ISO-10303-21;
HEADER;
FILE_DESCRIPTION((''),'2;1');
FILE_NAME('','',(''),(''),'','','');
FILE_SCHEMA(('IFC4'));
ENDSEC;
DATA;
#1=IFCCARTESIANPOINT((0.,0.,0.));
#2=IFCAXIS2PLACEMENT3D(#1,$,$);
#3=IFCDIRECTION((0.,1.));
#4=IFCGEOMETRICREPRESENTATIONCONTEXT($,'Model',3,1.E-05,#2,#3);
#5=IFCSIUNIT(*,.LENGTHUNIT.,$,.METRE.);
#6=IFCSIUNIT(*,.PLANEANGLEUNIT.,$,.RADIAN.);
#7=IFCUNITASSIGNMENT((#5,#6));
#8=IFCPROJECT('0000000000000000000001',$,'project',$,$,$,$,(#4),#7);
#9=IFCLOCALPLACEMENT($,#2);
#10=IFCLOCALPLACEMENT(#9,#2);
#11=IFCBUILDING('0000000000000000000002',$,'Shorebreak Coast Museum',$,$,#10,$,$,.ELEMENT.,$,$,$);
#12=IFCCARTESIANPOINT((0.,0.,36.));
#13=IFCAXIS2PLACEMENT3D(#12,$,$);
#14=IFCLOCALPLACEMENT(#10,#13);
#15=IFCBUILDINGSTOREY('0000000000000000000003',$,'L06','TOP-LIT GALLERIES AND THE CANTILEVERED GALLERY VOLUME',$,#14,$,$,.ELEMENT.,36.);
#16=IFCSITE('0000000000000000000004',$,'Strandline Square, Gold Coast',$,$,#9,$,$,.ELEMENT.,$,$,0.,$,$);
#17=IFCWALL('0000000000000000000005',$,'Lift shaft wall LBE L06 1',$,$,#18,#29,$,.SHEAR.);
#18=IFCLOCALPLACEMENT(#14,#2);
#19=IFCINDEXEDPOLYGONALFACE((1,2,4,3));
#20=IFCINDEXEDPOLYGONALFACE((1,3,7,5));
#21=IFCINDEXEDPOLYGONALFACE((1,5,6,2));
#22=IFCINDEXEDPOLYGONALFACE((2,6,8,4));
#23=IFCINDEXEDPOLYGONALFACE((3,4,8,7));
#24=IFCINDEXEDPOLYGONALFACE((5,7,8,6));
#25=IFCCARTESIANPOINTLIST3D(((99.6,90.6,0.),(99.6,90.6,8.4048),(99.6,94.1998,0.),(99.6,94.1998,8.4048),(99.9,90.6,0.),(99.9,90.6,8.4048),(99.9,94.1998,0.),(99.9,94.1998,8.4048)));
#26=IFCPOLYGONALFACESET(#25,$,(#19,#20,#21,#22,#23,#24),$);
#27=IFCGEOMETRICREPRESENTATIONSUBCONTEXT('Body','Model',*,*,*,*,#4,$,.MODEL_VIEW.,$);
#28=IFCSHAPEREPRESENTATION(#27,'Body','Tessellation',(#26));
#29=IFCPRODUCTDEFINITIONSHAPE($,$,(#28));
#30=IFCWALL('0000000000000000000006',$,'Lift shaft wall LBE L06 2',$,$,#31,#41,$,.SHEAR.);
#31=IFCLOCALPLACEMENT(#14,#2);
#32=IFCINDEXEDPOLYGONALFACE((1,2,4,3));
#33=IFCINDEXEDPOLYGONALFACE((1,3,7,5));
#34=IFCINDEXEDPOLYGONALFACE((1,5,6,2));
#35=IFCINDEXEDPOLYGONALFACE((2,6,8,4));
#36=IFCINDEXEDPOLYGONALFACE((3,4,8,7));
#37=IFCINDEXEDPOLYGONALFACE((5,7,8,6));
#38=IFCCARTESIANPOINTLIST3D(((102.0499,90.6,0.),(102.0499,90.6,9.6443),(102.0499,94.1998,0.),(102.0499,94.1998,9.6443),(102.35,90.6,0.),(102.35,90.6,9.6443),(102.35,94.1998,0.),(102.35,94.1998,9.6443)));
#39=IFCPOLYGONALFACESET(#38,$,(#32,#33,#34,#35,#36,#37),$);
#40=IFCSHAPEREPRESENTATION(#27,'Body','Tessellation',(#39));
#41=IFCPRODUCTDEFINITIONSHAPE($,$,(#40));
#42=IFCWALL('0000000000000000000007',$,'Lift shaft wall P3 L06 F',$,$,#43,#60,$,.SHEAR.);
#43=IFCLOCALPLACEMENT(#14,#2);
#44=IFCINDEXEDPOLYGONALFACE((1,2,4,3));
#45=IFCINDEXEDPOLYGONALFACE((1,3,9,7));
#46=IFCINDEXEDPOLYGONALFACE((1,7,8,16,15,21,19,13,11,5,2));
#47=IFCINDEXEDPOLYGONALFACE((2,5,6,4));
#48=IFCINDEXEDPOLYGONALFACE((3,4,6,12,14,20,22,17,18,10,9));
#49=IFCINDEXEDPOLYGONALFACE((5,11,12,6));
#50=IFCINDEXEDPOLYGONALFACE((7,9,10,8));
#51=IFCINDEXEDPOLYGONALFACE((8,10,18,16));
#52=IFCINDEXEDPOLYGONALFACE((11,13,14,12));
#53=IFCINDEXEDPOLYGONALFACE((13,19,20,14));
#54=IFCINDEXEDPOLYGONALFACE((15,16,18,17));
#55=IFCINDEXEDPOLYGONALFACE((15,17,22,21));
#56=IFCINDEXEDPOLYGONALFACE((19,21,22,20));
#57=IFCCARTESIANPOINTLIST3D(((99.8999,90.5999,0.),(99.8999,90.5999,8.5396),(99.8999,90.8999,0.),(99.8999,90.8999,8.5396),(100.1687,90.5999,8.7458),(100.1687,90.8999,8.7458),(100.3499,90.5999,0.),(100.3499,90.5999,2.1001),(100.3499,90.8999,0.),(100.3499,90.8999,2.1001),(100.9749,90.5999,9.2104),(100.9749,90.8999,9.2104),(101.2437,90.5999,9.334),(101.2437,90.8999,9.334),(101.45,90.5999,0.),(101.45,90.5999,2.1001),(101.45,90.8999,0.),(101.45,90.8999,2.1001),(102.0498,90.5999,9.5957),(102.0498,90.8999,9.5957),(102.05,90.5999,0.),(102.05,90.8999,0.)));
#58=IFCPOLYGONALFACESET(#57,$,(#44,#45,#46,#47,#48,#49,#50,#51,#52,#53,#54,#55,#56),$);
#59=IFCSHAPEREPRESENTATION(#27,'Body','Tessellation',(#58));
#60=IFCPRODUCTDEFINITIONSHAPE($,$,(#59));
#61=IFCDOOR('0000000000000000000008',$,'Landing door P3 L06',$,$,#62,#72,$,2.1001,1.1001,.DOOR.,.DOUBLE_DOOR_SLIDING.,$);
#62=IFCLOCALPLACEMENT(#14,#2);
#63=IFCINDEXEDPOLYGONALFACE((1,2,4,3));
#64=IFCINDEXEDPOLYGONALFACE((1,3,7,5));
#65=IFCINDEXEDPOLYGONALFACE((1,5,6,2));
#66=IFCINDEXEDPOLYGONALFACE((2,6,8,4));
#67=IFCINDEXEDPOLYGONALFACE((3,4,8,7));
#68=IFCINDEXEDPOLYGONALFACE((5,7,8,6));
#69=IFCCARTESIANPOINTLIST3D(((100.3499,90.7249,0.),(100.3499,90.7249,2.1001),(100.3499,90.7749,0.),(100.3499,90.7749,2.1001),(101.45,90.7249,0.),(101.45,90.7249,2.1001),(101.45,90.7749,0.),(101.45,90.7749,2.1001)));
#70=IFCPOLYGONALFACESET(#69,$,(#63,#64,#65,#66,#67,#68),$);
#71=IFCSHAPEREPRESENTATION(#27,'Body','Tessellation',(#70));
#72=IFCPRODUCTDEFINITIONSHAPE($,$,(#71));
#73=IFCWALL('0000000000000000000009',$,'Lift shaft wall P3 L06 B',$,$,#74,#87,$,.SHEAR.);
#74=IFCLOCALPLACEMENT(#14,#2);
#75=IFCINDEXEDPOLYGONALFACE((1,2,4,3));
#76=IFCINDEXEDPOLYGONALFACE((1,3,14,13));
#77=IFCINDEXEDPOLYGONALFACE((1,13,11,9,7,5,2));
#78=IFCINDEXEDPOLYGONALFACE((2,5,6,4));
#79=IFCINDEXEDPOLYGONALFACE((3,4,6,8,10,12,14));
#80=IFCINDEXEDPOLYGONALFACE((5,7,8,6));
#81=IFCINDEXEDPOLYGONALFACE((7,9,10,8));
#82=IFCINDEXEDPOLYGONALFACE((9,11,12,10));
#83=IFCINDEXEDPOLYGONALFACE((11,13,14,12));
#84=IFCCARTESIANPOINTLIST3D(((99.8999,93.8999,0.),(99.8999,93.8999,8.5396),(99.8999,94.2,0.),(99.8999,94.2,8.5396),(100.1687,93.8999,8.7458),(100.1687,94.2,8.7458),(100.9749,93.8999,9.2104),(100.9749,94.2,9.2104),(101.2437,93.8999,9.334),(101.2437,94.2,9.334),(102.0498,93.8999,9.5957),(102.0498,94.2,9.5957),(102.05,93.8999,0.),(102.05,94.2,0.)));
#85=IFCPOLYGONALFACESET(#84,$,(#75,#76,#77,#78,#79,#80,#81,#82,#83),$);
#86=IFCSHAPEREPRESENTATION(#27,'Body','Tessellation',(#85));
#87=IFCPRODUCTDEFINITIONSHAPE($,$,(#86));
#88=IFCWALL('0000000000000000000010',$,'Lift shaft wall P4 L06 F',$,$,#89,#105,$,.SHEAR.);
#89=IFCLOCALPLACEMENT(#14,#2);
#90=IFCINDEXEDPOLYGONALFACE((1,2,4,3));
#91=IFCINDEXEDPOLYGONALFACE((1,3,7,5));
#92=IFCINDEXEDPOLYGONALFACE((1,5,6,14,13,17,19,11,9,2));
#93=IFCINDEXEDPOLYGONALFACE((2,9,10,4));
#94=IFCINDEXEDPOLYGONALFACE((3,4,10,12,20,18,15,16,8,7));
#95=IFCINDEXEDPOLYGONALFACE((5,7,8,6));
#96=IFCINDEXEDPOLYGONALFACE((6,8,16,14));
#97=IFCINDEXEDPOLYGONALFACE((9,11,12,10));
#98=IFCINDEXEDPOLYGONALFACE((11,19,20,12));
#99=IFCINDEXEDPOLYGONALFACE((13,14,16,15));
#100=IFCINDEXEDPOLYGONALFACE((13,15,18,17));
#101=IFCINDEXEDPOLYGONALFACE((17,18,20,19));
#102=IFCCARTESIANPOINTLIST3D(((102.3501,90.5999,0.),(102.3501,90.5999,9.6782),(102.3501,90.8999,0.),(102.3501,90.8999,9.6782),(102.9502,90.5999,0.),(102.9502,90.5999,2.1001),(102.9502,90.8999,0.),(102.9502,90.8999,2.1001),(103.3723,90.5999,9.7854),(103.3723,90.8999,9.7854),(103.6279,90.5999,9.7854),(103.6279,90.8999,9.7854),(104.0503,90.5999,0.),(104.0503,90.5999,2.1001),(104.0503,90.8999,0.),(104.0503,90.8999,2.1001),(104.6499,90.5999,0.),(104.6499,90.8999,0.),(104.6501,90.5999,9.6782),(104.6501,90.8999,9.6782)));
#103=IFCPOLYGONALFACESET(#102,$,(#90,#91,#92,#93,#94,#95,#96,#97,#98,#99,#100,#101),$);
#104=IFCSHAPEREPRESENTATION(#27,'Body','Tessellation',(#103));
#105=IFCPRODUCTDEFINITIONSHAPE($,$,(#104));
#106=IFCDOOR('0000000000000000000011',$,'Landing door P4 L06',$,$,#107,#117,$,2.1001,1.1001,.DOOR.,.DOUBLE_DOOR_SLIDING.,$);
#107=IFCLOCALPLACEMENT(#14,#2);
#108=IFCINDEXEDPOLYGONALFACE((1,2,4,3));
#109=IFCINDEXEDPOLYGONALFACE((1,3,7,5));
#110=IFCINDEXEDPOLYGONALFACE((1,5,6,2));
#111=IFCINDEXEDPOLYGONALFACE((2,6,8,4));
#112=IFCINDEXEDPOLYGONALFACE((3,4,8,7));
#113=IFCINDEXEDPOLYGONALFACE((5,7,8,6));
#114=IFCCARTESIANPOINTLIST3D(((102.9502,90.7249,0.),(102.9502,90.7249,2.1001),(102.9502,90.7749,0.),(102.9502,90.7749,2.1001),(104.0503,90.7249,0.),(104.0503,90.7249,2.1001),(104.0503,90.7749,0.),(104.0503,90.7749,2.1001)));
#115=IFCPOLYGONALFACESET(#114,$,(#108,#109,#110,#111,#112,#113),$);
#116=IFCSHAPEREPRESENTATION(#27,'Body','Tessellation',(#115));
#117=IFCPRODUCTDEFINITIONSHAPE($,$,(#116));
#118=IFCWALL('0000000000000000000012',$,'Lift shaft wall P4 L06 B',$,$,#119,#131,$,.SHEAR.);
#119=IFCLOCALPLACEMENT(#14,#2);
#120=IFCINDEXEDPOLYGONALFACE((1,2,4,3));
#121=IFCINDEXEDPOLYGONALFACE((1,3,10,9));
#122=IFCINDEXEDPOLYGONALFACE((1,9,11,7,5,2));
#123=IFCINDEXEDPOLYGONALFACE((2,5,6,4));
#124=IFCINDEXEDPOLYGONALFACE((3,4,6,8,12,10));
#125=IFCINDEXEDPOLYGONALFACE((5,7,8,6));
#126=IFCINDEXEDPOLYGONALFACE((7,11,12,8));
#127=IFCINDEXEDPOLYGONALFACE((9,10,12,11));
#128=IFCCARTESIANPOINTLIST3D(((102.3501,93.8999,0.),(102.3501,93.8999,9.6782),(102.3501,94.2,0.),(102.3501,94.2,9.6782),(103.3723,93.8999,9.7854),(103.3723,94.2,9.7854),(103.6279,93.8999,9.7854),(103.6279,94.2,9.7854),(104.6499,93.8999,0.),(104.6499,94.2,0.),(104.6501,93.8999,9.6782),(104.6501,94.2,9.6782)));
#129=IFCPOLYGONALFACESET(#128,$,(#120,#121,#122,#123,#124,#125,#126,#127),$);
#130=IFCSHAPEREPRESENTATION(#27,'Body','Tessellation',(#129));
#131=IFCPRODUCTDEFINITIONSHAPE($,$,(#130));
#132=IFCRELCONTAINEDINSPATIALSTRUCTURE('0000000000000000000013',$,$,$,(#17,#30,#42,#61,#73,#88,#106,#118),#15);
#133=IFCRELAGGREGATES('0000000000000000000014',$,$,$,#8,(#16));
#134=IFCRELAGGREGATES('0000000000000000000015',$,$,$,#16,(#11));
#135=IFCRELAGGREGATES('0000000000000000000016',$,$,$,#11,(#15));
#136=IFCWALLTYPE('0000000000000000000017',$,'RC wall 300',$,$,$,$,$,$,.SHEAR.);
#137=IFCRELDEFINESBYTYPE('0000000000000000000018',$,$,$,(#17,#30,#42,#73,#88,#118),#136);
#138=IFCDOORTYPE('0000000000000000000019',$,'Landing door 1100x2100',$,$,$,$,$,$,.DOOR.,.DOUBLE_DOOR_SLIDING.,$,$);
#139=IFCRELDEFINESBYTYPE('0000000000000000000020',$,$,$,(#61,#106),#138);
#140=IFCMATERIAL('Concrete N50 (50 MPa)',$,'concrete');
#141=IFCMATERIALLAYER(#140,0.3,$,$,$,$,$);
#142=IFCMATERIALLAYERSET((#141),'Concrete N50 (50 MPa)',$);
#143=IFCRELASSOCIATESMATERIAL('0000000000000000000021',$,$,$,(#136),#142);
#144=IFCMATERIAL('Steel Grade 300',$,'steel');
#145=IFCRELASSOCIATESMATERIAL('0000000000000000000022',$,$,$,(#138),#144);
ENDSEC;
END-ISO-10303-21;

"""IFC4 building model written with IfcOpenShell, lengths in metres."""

from ifc_helpers import new_model, si_unit, direction, frame, frame_2d, origin, place, context, subcontext, project, spatial, polyline, rectangle, outline, extrude, material, layer, layer_set, type_object, element, fill, save


model = new_model("IFC4")

# Units and contexts
model_context = context("Model", 3, precision=1e-05, world=origin(), true_north=direction((0.0, 1.0)))
body_context = subcontext(model_context, "Body", "Model", "MODEL_VIEW")
ifc_project = project(units=[si_unit("LENGTHUNIT", "METRE"), si_unit("PLANEANGLEUNIT", "RADIAN")], contexts=[model_context])

# Site, building, storey
site_placement = place(None, origin())
site = spatial("IfcSite", under=ifc_project, at=site_placement, Name="Strandline Square, Gold Coast", CompositionType="ELEMENT", RefElevation=0.0)
building_placement = place(site_placement, origin())
building = spatial("IfcBuilding", under=site, at=building_placement, Name="Shorebreak Coast Museum", CompositionType="ELEMENT")
storey_placement = place(building_placement, frame((0.0, 0.0, 36.0)))
storey = spatial("IfcBuildingStorey", under=building, at=storey_placement, Name="L06", Description="TOP-LIT GALLERIES AND THE CANTILEVERED GALLERY VOLUME", CompositionType="ELEMENT", Elevation=36.0)

# Walls
ifc_material_1 = material(Name="Concrete N50 (50 MPa)", Category="concrete")
ifc_layer_1 = layer(ifc_material_1, 0.3)
ifc_layer_set_1 = layer_set([ifc_layer_1], Name="Concrete N50 (50 MPa)")
wall_type_1 = type_object("IfcWallType", Name="RC wall 300", PredefinedType="SHEAR", material=ifc_layer_set_1)
wall_1_placement = place(storey_placement, frame((99.75, 90.6001, 0.0), z_axis=(0.0, 0.0, 1.0), x_axis=(0.0, 1.0, 0.0)))
element("IfcWall", 1, at=wall_1_placement, inside=storey, type_object=wall_type_1, Name="Lift shaft wall LBE L06 1", PredefinedType="SHEAR", context=body_context, shape_type="SweptSolid", body=[
    extrude(rectangle(XDim=3.5999, YDim=0.3, at=frame_2d((1.7998, 0.0))), origin(), (0.0, 0.0, 1.0), 8.4048),
])
wall_2_placement = place(storey_placement, frame((102.2, 90.6001, 0.0), z_axis=(0.0, 0.0, 1.0), x_axis=(0.0, 1.0, 0.0)))
element("IfcWall", 2, at=wall_2_placement, inside=storey, type_object=wall_type_1, Name="Lift shaft wall LBE L06 2", PredefinedType="SHEAR", context=body_context, shape_type="SweptSolid", body=[
    extrude(rectangle(XDim=3.5999, YDim=0.3, at=frame_2d((1.7998, 0.0))), origin(), (0.0, 0.0, 1.0), 9.6443),
])

# Wall, opening, door
wall_3_placement = place(storey_placement, frame((99.8999, 90.75, 0.0), z_axis=(0.0, 0.0, 1.0), x_axis=(1.0, 0.0, 0.0)))
wall_3 = element("IfcWall", 3, at=wall_3_placement, inside=storey, type_object=wall_type_1, Name="Lift shaft wall P3 L06 F", PredefinedType="SHEAR", context=body_context, shape_type="SweptSolid", body=[
    extrude(outline(polyline([(0.0, 0.0), (2.1501, 0.0), (2.1499, 9.5957), (1.3438, 9.334), (1.075, 9.2104), (0.2688, 8.7458), (0.0, 8.5396), (0.0, 0.0)])), frame((0.0, 0.1499, 0.0), z_axis=(0.0, -1.0, 0.0), x_axis=(1.0, 0.0, 0.0)), (0.0, 0.0, 1.0), 0.3),
])
opening_1_placement = place(wall_3_placement, frame((0.45, 0.0, 0.0)))
opening_1 = element("IfcOpeningElement", 4, at=opening_1_placement, cuts=wall_3, PredefinedType="OPENING", context=body_context, shape_type="SweptSolid", body=[
    extrude(rectangle(XDim=1.1001, YDim=2.1001, at=frame_2d((0.55, 1.05))), frame((0.0, 0.1599, 0.0), z_axis=(0.0, -1.0, 0.0), x_axis=(1.0, 0.0, 0.0)), (0.0, 0.0, 1.0), 0.3201),
])
ifc_material_2 = material(Name="Steel Grade 300", Category="steel")
door_type = type_object("IfcDoorType", Name="Landing door 1100x2100", OperationType="DOUBLE_DOOR_SLIDING", PredefinedType="DOOR", material=ifc_material_2)
door_1_placement = place(opening_1_placement, origin())
door_1 = element("IfcDoor", 5, at=door_1_placement, inside=storey, type_object=door_type, Name="Landing door P3 L06", OperationType="DOUBLE_DOOR_SLIDING", OverallHeight=2.1001, OverallWidth=1.1001, PredefinedType="DOOR", context=body_context, shape_type="SweptSolid", body=[
    extrude(rectangle(XDim=1.1001, YDim=2.1001, at=frame_2d((0.55, 1.05))), frame((0.0, 0.0249, 0.0), z_axis=(0.0, -1.0, 0.0), x_axis=(1.0, 0.0, 0.0)), (0.0, 0.0, 1.0), 0.05),
])
fill(opening_1, door_1)

# Wall
wall_4_placement = place(storey_placement, frame((99.8999, 94.05, 0.0), z_axis=(0.0, 0.0, 1.0), x_axis=(1.0, 0.0, 0.0)))
element("IfcWall", 6, at=wall_4_placement, inside=storey, type_object=wall_type_1, Name="Lift shaft wall P3 L06 B", PredefinedType="SHEAR", context=body_context, shape_type="SweptSolid", body=[
    extrude(outline(polyline([(0.0, 0.0), (2.1501, 0.0), (2.1499, 9.5957), (1.3438, 9.334), (1.075, 9.2104), (0.2688, 8.7458), (0.0, 8.5396), (0.0, 0.0)])), frame((0.0, 0.1499, 0.0), z_axis=(0.0, -1.0, 0.0), x_axis=(1.0, 0.0, 0.0)), (0.0, 0.0, 1.0), 0.3),
])

# Wall, opening, door
wall_5_placement = place(storey_placement, frame((102.3501, 90.75, 0.0), z_axis=(0.0, 0.0, 1.0), x_axis=(1.0, 0.0, 0.0)))
wall_5 = element("IfcWall", 7, at=wall_5_placement, inside=storey, type_object=wall_type_1, Name="Lift shaft wall P4 L06 F", PredefinedType="SHEAR", context=body_context, shape_type="SweptSolid", body=[
    extrude(outline(polyline([(0.0, 0.0), (2.2998, 0.0), (2.3, 9.6782), (1.2778, 9.7854), (1.0222, 9.7854), (0.0, 9.6782), (0.0, 0.0)])), frame((0.0, 0.1499, 0.0), z_axis=(0.0, -1.0, 0.0), x_axis=(1.0, 0.0, 0.0)), (0.0, 0.0, 1.0), 0.3),
])
opening_2_placement = place(wall_5_placement, frame((0.6001, 0.0, 0.0)))
opening_2 = element("IfcOpeningElement", 8, at=opening_2_placement, cuts=wall_5, PredefinedType="OPENING", context=body_context, shape_type="SweptSolid", body=[
    extrude(rectangle(XDim=1.1001, YDim=2.1001, at=frame_2d((0.55, 1.05))), frame((0.0, 0.1599, 0.0), z_axis=(0.0, -1.0, 0.0), x_axis=(1.0, 0.0, 0.0)), (0.0, 0.0, 1.0), 0.3201),
])
door_2_placement = place(opening_2_placement, origin())
door_2 = element("IfcDoor", 9, at=door_2_placement, inside=storey, type_object=door_type, Name="Landing door P4 L06", OperationType="DOUBLE_DOOR_SLIDING", OverallHeight=2.1001, OverallWidth=1.1001, PredefinedType="DOOR", context=body_context, shape_type="SweptSolid", body=[
    extrude(rectangle(XDim=1.1001, YDim=2.1001, at=frame_2d((0.55, 1.05))), frame((0.0, 0.0249, 0.0), z_axis=(0.0, -1.0, 0.0), x_axis=(1.0, 0.0, 0.0)), (0.0, 0.0, 1.0), 0.05),
])
fill(opening_2, door_2)

# Wall
wall_6_placement = place(storey_placement, frame((102.3501, 94.05, 0.0), z_axis=(0.0, 0.0, 1.0), x_axis=(1.0, 0.0, 0.0)))
element("IfcWall", 10, at=wall_6_placement, inside=storey, type_object=wall_type_1, Name="Lift shaft wall P4 L06 B", PredefinedType="SHEAR", context=body_context, shape_type="SweptSolid", body=[
    extrude(outline(polyline([(0.0, 0.0), (2.2998, 0.0), (2.3, 9.6782), (1.2778, 9.7854), (1.0222, 9.7854), (0.0, 9.6782), (0.0, 0.0)])), frame((0.0, 0.1499, 0.0), z_axis=(0.0, -1.0, 0.0), x_axis=(1.0, 0.0, 0.0)), (0.0, 0.0, 1.0), 0.3),
])

save(model, "model.ifc")
